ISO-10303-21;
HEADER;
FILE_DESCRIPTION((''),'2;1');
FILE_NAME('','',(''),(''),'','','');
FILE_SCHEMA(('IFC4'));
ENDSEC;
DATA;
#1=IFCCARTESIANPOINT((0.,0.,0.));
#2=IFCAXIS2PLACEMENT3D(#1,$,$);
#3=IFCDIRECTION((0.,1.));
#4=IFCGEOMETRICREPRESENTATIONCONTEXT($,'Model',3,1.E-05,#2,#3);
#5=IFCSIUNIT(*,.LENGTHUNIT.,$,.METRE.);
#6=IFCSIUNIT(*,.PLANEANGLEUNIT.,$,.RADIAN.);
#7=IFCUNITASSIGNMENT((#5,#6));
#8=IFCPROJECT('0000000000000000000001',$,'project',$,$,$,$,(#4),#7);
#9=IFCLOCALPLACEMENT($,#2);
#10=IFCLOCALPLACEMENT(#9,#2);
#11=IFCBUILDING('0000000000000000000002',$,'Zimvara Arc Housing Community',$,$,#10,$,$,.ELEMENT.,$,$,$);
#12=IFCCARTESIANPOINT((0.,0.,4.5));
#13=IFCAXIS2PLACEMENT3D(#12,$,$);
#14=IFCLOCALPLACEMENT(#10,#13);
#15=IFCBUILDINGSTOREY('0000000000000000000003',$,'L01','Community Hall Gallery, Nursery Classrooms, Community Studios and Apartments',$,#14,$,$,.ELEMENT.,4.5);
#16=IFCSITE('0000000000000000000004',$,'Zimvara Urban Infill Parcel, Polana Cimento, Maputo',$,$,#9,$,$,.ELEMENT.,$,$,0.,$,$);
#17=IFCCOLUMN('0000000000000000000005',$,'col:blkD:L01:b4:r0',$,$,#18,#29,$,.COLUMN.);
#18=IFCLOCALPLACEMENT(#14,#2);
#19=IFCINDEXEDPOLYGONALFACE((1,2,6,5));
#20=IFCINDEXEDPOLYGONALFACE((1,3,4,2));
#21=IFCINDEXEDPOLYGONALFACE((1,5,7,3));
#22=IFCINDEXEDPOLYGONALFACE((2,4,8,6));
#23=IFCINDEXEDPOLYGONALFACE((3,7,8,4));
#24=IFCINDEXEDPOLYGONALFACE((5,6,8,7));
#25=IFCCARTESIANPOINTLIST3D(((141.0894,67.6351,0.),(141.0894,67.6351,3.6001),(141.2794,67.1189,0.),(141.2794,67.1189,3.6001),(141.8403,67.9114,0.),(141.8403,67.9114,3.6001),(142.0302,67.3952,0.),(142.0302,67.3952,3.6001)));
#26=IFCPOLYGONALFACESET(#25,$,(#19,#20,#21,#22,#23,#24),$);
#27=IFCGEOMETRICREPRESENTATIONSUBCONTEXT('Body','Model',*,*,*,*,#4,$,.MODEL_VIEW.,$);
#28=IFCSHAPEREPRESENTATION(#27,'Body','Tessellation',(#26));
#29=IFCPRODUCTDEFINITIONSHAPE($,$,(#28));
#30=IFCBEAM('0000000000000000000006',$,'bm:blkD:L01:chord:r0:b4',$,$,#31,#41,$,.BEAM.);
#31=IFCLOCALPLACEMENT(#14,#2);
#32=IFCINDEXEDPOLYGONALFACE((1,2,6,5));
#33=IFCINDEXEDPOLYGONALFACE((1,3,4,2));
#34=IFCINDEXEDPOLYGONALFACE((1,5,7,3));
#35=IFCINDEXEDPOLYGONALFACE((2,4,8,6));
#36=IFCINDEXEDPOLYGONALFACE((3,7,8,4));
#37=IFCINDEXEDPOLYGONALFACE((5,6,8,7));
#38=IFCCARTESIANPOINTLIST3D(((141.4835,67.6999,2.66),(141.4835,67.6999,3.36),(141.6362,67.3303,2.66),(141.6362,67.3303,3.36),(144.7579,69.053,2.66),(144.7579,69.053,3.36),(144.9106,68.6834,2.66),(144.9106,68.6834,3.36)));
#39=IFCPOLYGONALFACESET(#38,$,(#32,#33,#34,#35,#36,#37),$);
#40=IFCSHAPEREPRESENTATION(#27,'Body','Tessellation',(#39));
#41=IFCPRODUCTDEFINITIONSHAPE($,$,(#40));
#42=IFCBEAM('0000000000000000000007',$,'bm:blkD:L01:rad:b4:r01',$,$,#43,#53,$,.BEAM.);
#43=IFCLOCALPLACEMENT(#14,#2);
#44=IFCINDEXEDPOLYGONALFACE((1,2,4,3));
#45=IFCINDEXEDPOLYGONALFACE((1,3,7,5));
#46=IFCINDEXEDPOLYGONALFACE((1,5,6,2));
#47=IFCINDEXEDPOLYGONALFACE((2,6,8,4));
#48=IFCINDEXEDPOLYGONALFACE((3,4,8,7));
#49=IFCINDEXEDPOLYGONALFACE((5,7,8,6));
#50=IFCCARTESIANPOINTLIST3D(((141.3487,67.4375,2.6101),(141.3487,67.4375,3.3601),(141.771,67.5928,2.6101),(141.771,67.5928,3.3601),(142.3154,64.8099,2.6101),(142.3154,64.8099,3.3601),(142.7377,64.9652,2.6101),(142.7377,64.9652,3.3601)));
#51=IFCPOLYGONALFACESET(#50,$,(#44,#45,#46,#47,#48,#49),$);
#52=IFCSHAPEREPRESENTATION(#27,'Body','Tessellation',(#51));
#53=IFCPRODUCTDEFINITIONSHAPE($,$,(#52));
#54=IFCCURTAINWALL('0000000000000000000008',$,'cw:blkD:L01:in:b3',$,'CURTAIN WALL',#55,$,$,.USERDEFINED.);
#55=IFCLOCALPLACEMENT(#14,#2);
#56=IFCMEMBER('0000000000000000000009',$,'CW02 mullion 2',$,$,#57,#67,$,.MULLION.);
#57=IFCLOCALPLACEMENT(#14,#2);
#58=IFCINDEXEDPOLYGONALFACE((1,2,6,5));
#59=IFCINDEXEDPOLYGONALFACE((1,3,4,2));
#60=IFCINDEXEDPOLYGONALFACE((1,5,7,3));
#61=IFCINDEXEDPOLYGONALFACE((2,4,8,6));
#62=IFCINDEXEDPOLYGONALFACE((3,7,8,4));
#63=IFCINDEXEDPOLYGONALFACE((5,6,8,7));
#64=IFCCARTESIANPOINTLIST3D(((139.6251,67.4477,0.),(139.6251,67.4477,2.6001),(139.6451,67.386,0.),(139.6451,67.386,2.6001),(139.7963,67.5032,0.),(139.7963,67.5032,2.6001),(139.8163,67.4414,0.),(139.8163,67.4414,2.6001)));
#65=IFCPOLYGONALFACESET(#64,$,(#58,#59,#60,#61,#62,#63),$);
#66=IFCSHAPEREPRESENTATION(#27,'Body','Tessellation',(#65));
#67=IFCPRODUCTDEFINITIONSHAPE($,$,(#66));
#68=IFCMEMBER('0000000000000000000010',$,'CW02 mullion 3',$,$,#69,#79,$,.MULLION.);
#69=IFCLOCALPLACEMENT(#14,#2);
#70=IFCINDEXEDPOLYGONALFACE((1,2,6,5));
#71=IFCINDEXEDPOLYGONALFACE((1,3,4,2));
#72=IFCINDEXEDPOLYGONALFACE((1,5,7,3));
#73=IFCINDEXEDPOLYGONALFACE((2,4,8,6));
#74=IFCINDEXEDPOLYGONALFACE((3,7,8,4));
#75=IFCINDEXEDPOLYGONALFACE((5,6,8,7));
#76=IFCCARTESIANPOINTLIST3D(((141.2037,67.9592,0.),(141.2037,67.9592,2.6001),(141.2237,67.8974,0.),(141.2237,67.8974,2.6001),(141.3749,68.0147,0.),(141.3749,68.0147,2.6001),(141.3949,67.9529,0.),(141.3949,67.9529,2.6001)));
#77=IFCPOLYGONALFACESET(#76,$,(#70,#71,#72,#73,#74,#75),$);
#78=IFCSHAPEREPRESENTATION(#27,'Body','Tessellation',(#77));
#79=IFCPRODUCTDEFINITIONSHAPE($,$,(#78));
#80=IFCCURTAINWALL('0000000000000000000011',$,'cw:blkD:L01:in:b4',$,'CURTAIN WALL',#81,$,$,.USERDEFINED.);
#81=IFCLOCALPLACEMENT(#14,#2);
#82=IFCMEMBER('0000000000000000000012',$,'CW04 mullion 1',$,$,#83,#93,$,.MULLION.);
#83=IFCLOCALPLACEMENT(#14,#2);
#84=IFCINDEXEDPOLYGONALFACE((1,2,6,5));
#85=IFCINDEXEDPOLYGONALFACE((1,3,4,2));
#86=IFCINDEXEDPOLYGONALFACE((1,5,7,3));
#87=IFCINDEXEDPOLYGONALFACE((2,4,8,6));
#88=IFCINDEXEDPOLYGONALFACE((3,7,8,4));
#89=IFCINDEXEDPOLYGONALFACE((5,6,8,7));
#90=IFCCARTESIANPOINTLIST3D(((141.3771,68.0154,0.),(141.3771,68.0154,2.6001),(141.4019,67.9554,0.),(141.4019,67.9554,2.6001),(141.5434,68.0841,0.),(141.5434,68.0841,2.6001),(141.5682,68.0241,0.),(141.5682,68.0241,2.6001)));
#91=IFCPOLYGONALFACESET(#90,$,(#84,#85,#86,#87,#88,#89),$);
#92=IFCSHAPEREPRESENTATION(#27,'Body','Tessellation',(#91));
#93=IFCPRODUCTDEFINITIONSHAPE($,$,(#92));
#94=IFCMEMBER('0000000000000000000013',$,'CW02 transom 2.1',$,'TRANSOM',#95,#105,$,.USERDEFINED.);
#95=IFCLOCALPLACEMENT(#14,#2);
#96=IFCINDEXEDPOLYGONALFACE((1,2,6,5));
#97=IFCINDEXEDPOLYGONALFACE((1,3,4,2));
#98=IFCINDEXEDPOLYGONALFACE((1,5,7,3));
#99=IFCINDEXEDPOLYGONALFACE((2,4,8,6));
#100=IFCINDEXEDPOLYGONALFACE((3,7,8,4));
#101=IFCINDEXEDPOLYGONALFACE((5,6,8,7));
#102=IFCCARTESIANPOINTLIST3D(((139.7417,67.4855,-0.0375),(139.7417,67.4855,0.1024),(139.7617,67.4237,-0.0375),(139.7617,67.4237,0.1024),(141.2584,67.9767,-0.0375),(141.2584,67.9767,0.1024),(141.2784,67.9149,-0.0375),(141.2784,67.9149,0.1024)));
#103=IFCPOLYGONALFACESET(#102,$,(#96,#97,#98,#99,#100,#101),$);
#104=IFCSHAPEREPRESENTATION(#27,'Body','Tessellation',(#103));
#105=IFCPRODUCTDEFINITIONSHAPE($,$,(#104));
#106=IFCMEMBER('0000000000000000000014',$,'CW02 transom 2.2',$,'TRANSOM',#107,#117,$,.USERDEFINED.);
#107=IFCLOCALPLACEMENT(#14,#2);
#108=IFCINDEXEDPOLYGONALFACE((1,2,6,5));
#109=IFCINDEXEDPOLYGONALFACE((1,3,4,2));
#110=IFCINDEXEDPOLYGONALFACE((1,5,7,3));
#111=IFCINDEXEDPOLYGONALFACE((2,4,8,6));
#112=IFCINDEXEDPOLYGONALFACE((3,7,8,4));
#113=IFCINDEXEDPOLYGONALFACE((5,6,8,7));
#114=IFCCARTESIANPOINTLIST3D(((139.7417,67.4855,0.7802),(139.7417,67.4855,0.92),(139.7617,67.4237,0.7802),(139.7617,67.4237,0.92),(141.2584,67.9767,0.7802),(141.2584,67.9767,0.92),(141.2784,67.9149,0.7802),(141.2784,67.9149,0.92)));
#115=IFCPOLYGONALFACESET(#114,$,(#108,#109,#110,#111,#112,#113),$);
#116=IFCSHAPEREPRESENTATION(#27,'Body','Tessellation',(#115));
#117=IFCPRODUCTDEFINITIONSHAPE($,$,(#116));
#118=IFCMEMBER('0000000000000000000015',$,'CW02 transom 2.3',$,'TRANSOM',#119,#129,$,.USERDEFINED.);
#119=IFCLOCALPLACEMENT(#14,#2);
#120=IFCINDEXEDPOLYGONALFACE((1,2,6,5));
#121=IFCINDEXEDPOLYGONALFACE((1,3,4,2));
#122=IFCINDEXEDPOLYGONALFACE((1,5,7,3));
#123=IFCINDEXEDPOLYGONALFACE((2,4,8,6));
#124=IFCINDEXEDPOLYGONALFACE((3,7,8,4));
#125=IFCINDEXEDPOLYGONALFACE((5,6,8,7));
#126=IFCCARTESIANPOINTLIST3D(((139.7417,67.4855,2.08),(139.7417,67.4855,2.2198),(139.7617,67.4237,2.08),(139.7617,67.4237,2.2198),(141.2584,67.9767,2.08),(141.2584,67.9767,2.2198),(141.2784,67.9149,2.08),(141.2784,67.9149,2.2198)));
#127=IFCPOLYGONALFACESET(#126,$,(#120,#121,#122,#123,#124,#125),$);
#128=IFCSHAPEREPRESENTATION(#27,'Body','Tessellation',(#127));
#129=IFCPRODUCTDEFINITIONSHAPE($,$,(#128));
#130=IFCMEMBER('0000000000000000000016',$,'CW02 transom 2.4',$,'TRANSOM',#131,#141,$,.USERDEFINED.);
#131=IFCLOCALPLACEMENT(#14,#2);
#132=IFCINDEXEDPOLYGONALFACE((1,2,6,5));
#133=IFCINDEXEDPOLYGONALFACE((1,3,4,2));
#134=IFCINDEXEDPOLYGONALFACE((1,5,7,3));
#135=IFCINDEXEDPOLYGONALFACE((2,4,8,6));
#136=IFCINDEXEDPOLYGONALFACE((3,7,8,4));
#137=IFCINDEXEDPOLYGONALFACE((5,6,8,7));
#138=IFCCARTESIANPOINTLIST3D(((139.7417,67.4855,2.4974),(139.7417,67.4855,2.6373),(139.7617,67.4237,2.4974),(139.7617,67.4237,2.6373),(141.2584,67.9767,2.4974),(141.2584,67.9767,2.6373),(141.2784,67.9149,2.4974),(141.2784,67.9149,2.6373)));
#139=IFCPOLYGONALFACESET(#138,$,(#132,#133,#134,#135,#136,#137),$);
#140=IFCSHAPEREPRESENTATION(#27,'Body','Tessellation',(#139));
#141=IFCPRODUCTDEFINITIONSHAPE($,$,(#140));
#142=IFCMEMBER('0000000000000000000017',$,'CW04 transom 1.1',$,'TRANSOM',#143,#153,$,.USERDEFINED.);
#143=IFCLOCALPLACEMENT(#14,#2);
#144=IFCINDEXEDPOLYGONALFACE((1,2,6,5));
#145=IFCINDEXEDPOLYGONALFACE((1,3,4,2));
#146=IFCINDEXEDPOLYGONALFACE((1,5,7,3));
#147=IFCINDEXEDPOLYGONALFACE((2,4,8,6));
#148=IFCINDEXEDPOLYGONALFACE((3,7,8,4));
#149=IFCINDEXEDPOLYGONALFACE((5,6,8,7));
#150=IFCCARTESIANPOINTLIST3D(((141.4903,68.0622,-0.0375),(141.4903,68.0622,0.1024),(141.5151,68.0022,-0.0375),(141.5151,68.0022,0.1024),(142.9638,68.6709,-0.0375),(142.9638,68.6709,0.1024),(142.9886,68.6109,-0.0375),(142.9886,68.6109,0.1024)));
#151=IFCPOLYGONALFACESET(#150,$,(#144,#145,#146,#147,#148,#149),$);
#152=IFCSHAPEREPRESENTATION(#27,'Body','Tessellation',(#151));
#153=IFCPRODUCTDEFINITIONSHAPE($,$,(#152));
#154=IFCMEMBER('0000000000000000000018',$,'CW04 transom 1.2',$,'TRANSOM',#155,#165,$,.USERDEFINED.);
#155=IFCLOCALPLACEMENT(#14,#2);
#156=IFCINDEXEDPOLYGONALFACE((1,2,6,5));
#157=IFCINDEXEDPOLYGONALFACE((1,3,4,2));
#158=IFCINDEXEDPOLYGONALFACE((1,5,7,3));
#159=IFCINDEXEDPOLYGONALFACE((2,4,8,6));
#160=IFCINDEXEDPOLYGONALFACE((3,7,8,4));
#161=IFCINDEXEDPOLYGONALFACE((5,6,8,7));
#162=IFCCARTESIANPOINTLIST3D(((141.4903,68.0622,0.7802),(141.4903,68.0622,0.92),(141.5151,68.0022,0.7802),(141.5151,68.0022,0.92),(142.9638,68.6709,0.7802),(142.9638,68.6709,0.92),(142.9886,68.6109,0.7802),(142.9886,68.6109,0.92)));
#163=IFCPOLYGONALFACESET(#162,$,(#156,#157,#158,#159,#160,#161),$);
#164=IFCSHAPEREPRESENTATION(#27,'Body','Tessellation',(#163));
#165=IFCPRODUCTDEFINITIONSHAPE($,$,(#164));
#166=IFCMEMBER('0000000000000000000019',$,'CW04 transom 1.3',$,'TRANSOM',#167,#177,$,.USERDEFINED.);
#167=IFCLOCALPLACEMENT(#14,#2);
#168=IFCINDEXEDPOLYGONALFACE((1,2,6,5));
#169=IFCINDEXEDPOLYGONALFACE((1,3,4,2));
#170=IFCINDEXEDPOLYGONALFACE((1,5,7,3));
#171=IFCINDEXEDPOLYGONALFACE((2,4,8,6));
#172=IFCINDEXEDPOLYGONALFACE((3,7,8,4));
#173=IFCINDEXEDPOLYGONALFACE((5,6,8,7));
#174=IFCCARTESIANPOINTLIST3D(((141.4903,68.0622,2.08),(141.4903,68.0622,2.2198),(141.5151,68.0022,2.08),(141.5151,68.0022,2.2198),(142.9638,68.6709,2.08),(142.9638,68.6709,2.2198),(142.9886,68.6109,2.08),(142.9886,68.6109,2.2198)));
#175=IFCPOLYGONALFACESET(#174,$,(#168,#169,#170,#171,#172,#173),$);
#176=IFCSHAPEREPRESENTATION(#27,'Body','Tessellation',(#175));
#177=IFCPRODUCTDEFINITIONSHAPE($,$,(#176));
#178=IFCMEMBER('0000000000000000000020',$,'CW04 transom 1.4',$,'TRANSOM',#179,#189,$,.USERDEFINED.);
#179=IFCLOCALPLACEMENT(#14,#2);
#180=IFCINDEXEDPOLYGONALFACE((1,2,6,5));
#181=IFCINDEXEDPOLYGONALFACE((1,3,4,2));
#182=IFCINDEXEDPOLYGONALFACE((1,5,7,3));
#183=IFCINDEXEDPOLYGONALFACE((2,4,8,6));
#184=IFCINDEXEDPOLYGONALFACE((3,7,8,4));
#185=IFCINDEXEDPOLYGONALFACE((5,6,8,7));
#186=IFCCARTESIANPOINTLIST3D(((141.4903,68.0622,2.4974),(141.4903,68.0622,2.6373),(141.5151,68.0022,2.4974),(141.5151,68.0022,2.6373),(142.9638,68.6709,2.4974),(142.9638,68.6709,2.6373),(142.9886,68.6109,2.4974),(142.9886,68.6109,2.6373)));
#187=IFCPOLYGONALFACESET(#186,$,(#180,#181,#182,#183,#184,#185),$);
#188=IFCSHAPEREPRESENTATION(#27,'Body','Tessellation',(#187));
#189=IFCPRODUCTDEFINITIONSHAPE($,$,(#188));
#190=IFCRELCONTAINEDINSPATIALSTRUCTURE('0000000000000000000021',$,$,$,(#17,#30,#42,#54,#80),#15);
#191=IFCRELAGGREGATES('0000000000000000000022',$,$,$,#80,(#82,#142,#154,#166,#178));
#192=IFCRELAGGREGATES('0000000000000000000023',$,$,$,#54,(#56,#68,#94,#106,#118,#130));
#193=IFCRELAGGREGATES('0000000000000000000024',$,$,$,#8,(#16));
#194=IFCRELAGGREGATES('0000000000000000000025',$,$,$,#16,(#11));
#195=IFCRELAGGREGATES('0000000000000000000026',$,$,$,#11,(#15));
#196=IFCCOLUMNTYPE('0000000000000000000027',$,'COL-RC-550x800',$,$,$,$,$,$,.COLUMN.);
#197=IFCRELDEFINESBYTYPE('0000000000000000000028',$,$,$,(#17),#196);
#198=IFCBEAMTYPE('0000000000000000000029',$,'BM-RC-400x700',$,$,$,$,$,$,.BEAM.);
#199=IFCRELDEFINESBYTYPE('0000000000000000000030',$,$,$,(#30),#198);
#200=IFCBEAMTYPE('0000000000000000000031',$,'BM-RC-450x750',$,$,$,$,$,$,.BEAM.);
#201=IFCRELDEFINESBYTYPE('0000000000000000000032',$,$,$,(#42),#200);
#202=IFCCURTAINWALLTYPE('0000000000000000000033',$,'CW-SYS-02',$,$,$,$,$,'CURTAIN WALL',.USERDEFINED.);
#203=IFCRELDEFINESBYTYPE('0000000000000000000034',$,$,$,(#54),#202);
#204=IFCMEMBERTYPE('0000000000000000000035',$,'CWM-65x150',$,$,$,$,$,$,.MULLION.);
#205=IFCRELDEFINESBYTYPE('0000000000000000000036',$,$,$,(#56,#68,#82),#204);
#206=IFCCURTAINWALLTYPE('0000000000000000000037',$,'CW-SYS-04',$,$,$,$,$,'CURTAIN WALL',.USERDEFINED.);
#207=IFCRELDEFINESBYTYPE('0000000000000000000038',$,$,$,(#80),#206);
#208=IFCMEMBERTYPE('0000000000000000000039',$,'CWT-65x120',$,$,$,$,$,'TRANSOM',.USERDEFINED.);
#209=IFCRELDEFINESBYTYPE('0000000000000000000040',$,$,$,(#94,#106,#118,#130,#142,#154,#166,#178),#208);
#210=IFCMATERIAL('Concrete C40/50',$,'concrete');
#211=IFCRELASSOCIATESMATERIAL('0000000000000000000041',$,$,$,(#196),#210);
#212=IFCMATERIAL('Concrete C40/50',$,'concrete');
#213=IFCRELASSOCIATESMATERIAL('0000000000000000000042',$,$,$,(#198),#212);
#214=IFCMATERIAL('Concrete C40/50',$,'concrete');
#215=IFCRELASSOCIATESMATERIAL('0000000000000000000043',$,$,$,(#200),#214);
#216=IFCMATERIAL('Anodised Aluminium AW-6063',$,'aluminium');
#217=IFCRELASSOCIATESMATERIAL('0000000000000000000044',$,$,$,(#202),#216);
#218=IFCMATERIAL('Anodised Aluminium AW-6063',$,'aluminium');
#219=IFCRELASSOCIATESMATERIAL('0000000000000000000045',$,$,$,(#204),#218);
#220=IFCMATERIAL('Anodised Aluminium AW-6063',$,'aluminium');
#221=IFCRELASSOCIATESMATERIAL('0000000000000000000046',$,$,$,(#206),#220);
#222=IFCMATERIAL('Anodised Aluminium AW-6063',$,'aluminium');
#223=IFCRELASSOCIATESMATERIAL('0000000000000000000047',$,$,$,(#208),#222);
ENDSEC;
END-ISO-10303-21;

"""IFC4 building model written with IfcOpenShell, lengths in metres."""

from ifc_helpers import new_model, si_unit, direction, frame, origin, origin_2d, place, context, subcontext, project, spatial, rectangle, extrude, material, material_profile, profile_set, type_object, element, aggregate, save


model = new_model("IFC4")

# Units and contexts
model_context = context("Model", 3, precision=1e-05, world=origin(), true_north=direction((0.0, 1.0)))
body_context = subcontext(model_context, "Body", "Model", "MODEL_VIEW")
ifc_project = project(units=[si_unit("LENGTHUNIT", "METRE"), si_unit("PLANEANGLEUNIT", "RADIAN")], contexts=[model_context])

# Site, building, storey
site_placement = place(None, origin())
site = spatial("IfcSite", under=ifc_project, at=site_placement, Name="Zimvara Urban Infill Parcel, Polana Cimento, Maputo", CompositionType="ELEMENT", RefElevation=0.0)
building_placement = place(site_placement, origin())
building = spatial("IfcBuilding", under=site, at=building_placement, Name="Zimvara Arc Housing Community", CompositionType="ELEMENT")
storey_placement = place(building_placement, frame((0.0, 0.0, 4.5)))
storey = spatial("IfcBuildingStorey", under=building, at=storey_placement, Name="L01", Description="Community Hall Gallery, Nursery Classrooms, Community Studios and Apartments", CompositionType="ELEMENT", Elevation=4.5)

# Column
ifc_material_1 = material(Name="Concrete C40/50", Category="concrete")
ifc_material_profile_1 = material_profile(ifc_material_1, rectangle(XDim=0.55, YDim=0.8, at=origin_2d()), Name="RC 550x800")
ifc_profile_set_1 = profile_set([ifc_material_profile_1], Name="Concrete C40/50")
column_type = type_object("IfcColumnType", Name="COL-RC-550x800", PredefinedType="COLUMN", material=ifc_profile_set_1)
column_placement = place(storey_placement, frame((141.5598, 67.5151, 0.0), z_axis=(0.0, 0.0, 1.0), x_axis=(0.345298, -0.938493, 0.0)))
element("IfcColumn", 1, at=column_placement, inside=storey, type_object=column_type, Name="col:blkD:L01:b4:r0", PredefinedType="COLUMN", context=body_context, shape_type="SweptSolid", body=[
    extrude(rectangle(XDim=0.55, YDim=0.8, at=origin_2d()), origin(), (0.0, 0.0, 1.0), 3.6001),
])

# Beams
ifc_material_2 = material(Name="Concrete C40/50", Category="concrete")
ifc_material_profile_2 = material_profile(ifc_material_2, rectangle(XDim=0.3999, YDim=0.7, at=origin_2d()), Name="RC 400x700")
ifc_profile_set_2 = profile_set([ifc_material_profile_2], Name="Concrete C40/50")
beam_type_1 = type_object("IfcBeamType", Name="BM-RC-400x700", PredefinedType="BEAM", material=ifc_profile_set_2)
beam_1_placement = place(storey_placement, frame((141.5598, 67.5151, 3.01), z_axis=(0.924206, 0.381893, 0.0), x_axis=(-0.381893, 0.924206, 0.0)))
element("IfcBeam", 2, at=beam_1_placement, inside=storey, type_object=beam_type_1, Name="bm:blkD:L01:chord:r0:b4", PredefinedType="BEAM", context=body_context, shape_type="SweptSolid", body=[
    extrude(rectangle(XDim=0.3999, YDim=0.7, at=origin_2d()), origin(), (0.0, 0.0, 1.0), 3.543),
])
ifc_material_3 = material(Name="Concrete C40/50", Category="concrete")
ifc_material_profile_3 = material_profile(ifc_material_3, rectangle(XDim=0.45, YDim=0.75, at=origin_2d()), Name="RC 450x750")
ifc_profile_set_3 = profile_set([ifc_material_profile_3], Name="Concrete C40/50")
beam_type_2 = type_object("IfcBeamType", Name="BM-RC-450x750", PredefinedType="BEAM", material=ifc_profile_set_3)
beam_2_placement = place(storey_placement, frame((141.5598, 67.5151, 2.9851), z_axis=(0.345297, -0.938493, 0.0), x_axis=(0.938493, 0.345297, 0.0)))
element("IfcBeam", 3, at=beam_2_placement, inside=storey, type_object=beam_type_2, Name="bm:blkD:L01:rad:b4:r01", PredefinedType="BEAM", context=body_context, shape_type="SweptSolid", body=[
    extrude(rectangle(XDim=0.45, YDim=0.75, at=origin_2d()), origin(), (0.0, 0.0, 1.0), 2.7998),
])

# Curtain wall, members
ifc_material_4 = material(Name="Anodised Aluminium AW-6063", Category="aluminium")
curtain_wall_type_1 = type_object("IfcCurtainWallType", Name="CW-SYS-02", ElementType="CURTAIN WALL", PredefinedType="USERDEFINED", material=ifc_material_4)
curtain_wall_1_placement = place(storey_placement, origin())
curtain_wall_1 = element("IfcCurtainWall", 4, at=curtain_wall_1_placement, inside=storey, type_object=curtain_wall_type_1, Name="cw:blkD:L01:in:b3", ObjectType="CURTAIN WALL", PredefinedType="USERDEFINED")
ifc_material_5 = material(Name="Anodised Aluminium AW-6063", Category="aluminium")
ifc_material_profile_4 = material_profile(ifc_material_5, rectangle(XDim=0.0649, YDim=0.1799, at=origin_2d()), Name="ALU 65x180")
ifc_profile_set_4 = profile_set([ifc_material_profile_4], Name="Anodised Aluminium AW-6063")
member_type_1 = type_object("IfcMemberType", Name="CWM-65x150", PredefinedType="MULLION", material=ifc_profile_set_4)
member_1_placement = place(storey_placement, frame((139.7207, 67.4446, 0.0), z_axis=(0.0, 0.0, 1.0), x_axis=(-0.308185, 0.951326, 0.0)))
member_1 = element("IfcMember", 5, at=member_1_placement, type_object=member_type_1, Name="CW02 mullion 2", PredefinedType="MULLION", context=body_context, shape_type="SweptSolid", body=[
    extrude(rectangle(XDim=0.0649, YDim=0.1799, at=origin_2d()), origin(), (0.0, 0.0, 1.0), 2.6001),
])
member_2_placement = place(storey_placement, frame((141.2993, 67.9561, 0.0), z_axis=(0.0, 0.0, 1.0), x_axis=(-0.308185, 0.951326, 0.0)))
member_2 = element("IfcMember", 6, at=member_2_placement, type_object=member_type_1, Name="CW02 mullion 3", PredefinedType="MULLION", context=body_context, shape_type="SweptSolid", body=[
    extrude(rectangle(XDim=0.0649, YDim=0.1799, at=origin_2d()), origin(), (0.0, 0.0, 1.0), 2.6001),
])

# Curtain wall, member
ifc_material_6 = material(Name="Anodised Aluminium AW-6063", Category="aluminium")
curtain_wall_type_2 = type_object("IfcCurtainWallType", Name="CW-SYS-04", ElementType="CURTAIN WALL", PredefinedType="USERDEFINED", material=ifc_material_6)
curtain_wall_2_placement = place(storey_placement, origin())
curtain_wall_2 = element("IfcCurtainWall", 7, at=curtain_wall_2_placement, inside=storey, type_object=curtain_wall_type_2, Name="cw:blkD:L01:in:b4", ObjectType="CURTAIN WALL", PredefinedType="USERDEFINED")
member_3_placement = place(storey_placement, frame((141.4727, 68.0198, 0.0), z_axis=(0.0, 0.0, 1.0), x_axis=(-0.381877, 0.924213, 0.0)))
member_3 = element("IfcMember", 8, at=member_3_placement, type_object=member_type_1, Name="CW04 mullion 1", PredefinedType="MULLION", context=body_context, shape_type="SweptSolid", body=[
    extrude(rectangle(XDim=0.0649, YDim=0.1799, at=origin_2d()), origin(), (0.0, 0.0, 1.0), 2.6001),
])

# Members
ifc_material_7 = material(Name="Anodised Aluminium AW-6063", Category="aluminium")
ifc_material_profile_5 = material_profile(ifc_material_7, rectangle(XDim=0.0649, YDim=0.1399, at=origin_2d()), Name="ALU 65x140")
ifc_profile_set_5 = profile_set([ifc_material_profile_5], Name="Anodised Aluminium AW-6063")
member_type_2 = type_object("IfcMemberType", Name="CWT-65x120", ElementType="TRANSOM", PredefinedType="USERDEFINED", material=ifc_profile_set_5)
member_4_placement = place(storey_placement, frame((139.7517, 67.4546, 0.0325), z_axis=(0.951344, 0.30813, 0.0), x_axis=(-0.30813, 0.951344, 0.0)))
member_4 = element("IfcMember", 9, at=member_4_placement, type_object=member_type_2, Name="CW02 transom 2.1", ObjectType="TRANSOM", PredefinedType="USERDEFINED", context=body_context, shape_type="SweptSolid", body=[
    extrude(rectangle(XDim=0.0649, YDim=0.1399, at=origin_2d()), origin(), (0.0, 0.0, 1.0), 1.5942),
])
member_5_placement = place(storey_placement, frame((139.7517, 67.4546, 0.8501), z_axis=(0.951344, 0.30813, 0.0), x_axis=(-0.30813, 0.951344, 0.0)))
member_5 = element("IfcMember", 10, at=member_5_placement, type_object=member_type_2, Name="CW02 transom 2.2", ObjectType="TRANSOM", PredefinedType="USERDEFINED", context=body_context, shape_type="SweptSolid", body=[
    extrude(rectangle(XDim=0.0649, YDim=0.1399, at=origin_2d()), origin(), (0.0, 0.0, 1.0), 1.5942),
])
member_6_placement = place(storey_placement, frame((139.7517, 67.4546, 2.1499), z_axis=(0.951344, 0.30813, 0.0), x_axis=(-0.30813, 0.951344, 0.0)))
member_6 = element("IfcMember", 11, at=member_6_placement, type_object=member_type_2, Name="CW02 transom 2.3", ObjectType="TRANSOM", PredefinedType="USERDEFINED", context=body_context, shape_type="SweptSolid", body=[
    extrude(rectangle(XDim=0.0649, YDim=0.1399, at=origin_2d()), origin(), (0.0, 0.0, 1.0), 1.5942),
])
member_7_placement = place(storey_placement, frame((139.7517, 67.4546, 2.5674), z_axis=(0.951344, 0.30813, 0.0), x_axis=(-0.30813, 0.951344, 0.0)))
member_7 = element("IfcMember", 12, at=member_7_placement, type_object=member_type_2, Name="CW02 transom 2.4", ObjectType="TRANSOM", PredefinedType="USERDEFINED", context=body_context, shape_type="SweptSolid", body=[
    extrude(rectangle(XDim=0.0649, YDim=0.1399, at=origin_2d()), origin(), (0.0, 0.0, 1.0), 1.5942),
])
member_8_placement = place(storey_placement, frame((141.5027, 68.0322, 0.0325), z_axis=(0.924246, 0.381797, 0.0), x_axis=(-0.381797, 0.924246, 0.0)))
member_8 = element("IfcMember", 13, at=member_8_placement, type_object=member_type_2, Name="CW04 transom 1.1", ObjectType="TRANSOM", PredefinedType="USERDEFINED", context=body_context, shape_type="SweptSolid", body=[
    extrude(rectangle(XDim=0.0649, YDim=0.1399, at=origin_2d()), origin(), (0.0, 0.0, 1.0), 1.5942),
])
member_9_placement = place(storey_placement, frame((141.5027, 68.0322, 0.8501), z_axis=(0.924246, 0.381797, 0.0), x_axis=(-0.381797, 0.924246, 0.0)))
member_9 = element("IfcMember", 14, at=member_9_placement, type_object=member_type_2, Name="CW04 transom 1.2", ObjectType="TRANSOM", PredefinedType="USERDEFINED", context=body_context, shape_type="SweptSolid", body=[
    extrude(rectangle(XDim=0.0649, YDim=0.1399, at=origin_2d()), origin(), (0.0, 0.0, 1.0), 1.5942),
])
member_10_placement = place(storey_placement, frame((141.5027, 68.0322, 2.1499), z_axis=(0.924246, 0.381797, 0.0), x_axis=(-0.381797, 0.924246, 0.0)))
member_10 = element("IfcMember", 15, at=member_10_placement, type_object=member_type_2, Name="CW04 transom 1.3", ObjectType="TRANSOM", PredefinedType="USERDEFINED", context=body_context, shape_type="SweptSolid", body=[
    extrude(rectangle(XDim=0.0649, YDim=0.1399, at=origin_2d()), origin(), (0.0, 0.0, 1.0), 1.5942),
])
member_11_placement = place(storey_placement, frame((141.5027, 68.0322, 2.5674), z_axis=(0.924246, 0.381797, 0.0), x_axis=(-0.381797, 0.924246, 0.0)))
member_11 = element("IfcMember", 16, at=member_11_placement, type_object=member_type_2, Name="CW04 transom 1.4", ObjectType="TRANSOM", PredefinedType="USERDEFINED", context=body_context, shape_type="SweptSolid", body=[
    extrude(rectangle(XDim=0.0649, YDim=0.1399, at=origin_2d()), origin(), (0.0, 0.0, 1.0), 1.5942),
])

aggregate(curtain_wall_2, [member_3, member_8, member_9, member_10, member_11])
aggregate(curtain_wall_1, [member_1, member_2, member_4, member_5, member_6, member_7])

save(model, "model.ifc")
